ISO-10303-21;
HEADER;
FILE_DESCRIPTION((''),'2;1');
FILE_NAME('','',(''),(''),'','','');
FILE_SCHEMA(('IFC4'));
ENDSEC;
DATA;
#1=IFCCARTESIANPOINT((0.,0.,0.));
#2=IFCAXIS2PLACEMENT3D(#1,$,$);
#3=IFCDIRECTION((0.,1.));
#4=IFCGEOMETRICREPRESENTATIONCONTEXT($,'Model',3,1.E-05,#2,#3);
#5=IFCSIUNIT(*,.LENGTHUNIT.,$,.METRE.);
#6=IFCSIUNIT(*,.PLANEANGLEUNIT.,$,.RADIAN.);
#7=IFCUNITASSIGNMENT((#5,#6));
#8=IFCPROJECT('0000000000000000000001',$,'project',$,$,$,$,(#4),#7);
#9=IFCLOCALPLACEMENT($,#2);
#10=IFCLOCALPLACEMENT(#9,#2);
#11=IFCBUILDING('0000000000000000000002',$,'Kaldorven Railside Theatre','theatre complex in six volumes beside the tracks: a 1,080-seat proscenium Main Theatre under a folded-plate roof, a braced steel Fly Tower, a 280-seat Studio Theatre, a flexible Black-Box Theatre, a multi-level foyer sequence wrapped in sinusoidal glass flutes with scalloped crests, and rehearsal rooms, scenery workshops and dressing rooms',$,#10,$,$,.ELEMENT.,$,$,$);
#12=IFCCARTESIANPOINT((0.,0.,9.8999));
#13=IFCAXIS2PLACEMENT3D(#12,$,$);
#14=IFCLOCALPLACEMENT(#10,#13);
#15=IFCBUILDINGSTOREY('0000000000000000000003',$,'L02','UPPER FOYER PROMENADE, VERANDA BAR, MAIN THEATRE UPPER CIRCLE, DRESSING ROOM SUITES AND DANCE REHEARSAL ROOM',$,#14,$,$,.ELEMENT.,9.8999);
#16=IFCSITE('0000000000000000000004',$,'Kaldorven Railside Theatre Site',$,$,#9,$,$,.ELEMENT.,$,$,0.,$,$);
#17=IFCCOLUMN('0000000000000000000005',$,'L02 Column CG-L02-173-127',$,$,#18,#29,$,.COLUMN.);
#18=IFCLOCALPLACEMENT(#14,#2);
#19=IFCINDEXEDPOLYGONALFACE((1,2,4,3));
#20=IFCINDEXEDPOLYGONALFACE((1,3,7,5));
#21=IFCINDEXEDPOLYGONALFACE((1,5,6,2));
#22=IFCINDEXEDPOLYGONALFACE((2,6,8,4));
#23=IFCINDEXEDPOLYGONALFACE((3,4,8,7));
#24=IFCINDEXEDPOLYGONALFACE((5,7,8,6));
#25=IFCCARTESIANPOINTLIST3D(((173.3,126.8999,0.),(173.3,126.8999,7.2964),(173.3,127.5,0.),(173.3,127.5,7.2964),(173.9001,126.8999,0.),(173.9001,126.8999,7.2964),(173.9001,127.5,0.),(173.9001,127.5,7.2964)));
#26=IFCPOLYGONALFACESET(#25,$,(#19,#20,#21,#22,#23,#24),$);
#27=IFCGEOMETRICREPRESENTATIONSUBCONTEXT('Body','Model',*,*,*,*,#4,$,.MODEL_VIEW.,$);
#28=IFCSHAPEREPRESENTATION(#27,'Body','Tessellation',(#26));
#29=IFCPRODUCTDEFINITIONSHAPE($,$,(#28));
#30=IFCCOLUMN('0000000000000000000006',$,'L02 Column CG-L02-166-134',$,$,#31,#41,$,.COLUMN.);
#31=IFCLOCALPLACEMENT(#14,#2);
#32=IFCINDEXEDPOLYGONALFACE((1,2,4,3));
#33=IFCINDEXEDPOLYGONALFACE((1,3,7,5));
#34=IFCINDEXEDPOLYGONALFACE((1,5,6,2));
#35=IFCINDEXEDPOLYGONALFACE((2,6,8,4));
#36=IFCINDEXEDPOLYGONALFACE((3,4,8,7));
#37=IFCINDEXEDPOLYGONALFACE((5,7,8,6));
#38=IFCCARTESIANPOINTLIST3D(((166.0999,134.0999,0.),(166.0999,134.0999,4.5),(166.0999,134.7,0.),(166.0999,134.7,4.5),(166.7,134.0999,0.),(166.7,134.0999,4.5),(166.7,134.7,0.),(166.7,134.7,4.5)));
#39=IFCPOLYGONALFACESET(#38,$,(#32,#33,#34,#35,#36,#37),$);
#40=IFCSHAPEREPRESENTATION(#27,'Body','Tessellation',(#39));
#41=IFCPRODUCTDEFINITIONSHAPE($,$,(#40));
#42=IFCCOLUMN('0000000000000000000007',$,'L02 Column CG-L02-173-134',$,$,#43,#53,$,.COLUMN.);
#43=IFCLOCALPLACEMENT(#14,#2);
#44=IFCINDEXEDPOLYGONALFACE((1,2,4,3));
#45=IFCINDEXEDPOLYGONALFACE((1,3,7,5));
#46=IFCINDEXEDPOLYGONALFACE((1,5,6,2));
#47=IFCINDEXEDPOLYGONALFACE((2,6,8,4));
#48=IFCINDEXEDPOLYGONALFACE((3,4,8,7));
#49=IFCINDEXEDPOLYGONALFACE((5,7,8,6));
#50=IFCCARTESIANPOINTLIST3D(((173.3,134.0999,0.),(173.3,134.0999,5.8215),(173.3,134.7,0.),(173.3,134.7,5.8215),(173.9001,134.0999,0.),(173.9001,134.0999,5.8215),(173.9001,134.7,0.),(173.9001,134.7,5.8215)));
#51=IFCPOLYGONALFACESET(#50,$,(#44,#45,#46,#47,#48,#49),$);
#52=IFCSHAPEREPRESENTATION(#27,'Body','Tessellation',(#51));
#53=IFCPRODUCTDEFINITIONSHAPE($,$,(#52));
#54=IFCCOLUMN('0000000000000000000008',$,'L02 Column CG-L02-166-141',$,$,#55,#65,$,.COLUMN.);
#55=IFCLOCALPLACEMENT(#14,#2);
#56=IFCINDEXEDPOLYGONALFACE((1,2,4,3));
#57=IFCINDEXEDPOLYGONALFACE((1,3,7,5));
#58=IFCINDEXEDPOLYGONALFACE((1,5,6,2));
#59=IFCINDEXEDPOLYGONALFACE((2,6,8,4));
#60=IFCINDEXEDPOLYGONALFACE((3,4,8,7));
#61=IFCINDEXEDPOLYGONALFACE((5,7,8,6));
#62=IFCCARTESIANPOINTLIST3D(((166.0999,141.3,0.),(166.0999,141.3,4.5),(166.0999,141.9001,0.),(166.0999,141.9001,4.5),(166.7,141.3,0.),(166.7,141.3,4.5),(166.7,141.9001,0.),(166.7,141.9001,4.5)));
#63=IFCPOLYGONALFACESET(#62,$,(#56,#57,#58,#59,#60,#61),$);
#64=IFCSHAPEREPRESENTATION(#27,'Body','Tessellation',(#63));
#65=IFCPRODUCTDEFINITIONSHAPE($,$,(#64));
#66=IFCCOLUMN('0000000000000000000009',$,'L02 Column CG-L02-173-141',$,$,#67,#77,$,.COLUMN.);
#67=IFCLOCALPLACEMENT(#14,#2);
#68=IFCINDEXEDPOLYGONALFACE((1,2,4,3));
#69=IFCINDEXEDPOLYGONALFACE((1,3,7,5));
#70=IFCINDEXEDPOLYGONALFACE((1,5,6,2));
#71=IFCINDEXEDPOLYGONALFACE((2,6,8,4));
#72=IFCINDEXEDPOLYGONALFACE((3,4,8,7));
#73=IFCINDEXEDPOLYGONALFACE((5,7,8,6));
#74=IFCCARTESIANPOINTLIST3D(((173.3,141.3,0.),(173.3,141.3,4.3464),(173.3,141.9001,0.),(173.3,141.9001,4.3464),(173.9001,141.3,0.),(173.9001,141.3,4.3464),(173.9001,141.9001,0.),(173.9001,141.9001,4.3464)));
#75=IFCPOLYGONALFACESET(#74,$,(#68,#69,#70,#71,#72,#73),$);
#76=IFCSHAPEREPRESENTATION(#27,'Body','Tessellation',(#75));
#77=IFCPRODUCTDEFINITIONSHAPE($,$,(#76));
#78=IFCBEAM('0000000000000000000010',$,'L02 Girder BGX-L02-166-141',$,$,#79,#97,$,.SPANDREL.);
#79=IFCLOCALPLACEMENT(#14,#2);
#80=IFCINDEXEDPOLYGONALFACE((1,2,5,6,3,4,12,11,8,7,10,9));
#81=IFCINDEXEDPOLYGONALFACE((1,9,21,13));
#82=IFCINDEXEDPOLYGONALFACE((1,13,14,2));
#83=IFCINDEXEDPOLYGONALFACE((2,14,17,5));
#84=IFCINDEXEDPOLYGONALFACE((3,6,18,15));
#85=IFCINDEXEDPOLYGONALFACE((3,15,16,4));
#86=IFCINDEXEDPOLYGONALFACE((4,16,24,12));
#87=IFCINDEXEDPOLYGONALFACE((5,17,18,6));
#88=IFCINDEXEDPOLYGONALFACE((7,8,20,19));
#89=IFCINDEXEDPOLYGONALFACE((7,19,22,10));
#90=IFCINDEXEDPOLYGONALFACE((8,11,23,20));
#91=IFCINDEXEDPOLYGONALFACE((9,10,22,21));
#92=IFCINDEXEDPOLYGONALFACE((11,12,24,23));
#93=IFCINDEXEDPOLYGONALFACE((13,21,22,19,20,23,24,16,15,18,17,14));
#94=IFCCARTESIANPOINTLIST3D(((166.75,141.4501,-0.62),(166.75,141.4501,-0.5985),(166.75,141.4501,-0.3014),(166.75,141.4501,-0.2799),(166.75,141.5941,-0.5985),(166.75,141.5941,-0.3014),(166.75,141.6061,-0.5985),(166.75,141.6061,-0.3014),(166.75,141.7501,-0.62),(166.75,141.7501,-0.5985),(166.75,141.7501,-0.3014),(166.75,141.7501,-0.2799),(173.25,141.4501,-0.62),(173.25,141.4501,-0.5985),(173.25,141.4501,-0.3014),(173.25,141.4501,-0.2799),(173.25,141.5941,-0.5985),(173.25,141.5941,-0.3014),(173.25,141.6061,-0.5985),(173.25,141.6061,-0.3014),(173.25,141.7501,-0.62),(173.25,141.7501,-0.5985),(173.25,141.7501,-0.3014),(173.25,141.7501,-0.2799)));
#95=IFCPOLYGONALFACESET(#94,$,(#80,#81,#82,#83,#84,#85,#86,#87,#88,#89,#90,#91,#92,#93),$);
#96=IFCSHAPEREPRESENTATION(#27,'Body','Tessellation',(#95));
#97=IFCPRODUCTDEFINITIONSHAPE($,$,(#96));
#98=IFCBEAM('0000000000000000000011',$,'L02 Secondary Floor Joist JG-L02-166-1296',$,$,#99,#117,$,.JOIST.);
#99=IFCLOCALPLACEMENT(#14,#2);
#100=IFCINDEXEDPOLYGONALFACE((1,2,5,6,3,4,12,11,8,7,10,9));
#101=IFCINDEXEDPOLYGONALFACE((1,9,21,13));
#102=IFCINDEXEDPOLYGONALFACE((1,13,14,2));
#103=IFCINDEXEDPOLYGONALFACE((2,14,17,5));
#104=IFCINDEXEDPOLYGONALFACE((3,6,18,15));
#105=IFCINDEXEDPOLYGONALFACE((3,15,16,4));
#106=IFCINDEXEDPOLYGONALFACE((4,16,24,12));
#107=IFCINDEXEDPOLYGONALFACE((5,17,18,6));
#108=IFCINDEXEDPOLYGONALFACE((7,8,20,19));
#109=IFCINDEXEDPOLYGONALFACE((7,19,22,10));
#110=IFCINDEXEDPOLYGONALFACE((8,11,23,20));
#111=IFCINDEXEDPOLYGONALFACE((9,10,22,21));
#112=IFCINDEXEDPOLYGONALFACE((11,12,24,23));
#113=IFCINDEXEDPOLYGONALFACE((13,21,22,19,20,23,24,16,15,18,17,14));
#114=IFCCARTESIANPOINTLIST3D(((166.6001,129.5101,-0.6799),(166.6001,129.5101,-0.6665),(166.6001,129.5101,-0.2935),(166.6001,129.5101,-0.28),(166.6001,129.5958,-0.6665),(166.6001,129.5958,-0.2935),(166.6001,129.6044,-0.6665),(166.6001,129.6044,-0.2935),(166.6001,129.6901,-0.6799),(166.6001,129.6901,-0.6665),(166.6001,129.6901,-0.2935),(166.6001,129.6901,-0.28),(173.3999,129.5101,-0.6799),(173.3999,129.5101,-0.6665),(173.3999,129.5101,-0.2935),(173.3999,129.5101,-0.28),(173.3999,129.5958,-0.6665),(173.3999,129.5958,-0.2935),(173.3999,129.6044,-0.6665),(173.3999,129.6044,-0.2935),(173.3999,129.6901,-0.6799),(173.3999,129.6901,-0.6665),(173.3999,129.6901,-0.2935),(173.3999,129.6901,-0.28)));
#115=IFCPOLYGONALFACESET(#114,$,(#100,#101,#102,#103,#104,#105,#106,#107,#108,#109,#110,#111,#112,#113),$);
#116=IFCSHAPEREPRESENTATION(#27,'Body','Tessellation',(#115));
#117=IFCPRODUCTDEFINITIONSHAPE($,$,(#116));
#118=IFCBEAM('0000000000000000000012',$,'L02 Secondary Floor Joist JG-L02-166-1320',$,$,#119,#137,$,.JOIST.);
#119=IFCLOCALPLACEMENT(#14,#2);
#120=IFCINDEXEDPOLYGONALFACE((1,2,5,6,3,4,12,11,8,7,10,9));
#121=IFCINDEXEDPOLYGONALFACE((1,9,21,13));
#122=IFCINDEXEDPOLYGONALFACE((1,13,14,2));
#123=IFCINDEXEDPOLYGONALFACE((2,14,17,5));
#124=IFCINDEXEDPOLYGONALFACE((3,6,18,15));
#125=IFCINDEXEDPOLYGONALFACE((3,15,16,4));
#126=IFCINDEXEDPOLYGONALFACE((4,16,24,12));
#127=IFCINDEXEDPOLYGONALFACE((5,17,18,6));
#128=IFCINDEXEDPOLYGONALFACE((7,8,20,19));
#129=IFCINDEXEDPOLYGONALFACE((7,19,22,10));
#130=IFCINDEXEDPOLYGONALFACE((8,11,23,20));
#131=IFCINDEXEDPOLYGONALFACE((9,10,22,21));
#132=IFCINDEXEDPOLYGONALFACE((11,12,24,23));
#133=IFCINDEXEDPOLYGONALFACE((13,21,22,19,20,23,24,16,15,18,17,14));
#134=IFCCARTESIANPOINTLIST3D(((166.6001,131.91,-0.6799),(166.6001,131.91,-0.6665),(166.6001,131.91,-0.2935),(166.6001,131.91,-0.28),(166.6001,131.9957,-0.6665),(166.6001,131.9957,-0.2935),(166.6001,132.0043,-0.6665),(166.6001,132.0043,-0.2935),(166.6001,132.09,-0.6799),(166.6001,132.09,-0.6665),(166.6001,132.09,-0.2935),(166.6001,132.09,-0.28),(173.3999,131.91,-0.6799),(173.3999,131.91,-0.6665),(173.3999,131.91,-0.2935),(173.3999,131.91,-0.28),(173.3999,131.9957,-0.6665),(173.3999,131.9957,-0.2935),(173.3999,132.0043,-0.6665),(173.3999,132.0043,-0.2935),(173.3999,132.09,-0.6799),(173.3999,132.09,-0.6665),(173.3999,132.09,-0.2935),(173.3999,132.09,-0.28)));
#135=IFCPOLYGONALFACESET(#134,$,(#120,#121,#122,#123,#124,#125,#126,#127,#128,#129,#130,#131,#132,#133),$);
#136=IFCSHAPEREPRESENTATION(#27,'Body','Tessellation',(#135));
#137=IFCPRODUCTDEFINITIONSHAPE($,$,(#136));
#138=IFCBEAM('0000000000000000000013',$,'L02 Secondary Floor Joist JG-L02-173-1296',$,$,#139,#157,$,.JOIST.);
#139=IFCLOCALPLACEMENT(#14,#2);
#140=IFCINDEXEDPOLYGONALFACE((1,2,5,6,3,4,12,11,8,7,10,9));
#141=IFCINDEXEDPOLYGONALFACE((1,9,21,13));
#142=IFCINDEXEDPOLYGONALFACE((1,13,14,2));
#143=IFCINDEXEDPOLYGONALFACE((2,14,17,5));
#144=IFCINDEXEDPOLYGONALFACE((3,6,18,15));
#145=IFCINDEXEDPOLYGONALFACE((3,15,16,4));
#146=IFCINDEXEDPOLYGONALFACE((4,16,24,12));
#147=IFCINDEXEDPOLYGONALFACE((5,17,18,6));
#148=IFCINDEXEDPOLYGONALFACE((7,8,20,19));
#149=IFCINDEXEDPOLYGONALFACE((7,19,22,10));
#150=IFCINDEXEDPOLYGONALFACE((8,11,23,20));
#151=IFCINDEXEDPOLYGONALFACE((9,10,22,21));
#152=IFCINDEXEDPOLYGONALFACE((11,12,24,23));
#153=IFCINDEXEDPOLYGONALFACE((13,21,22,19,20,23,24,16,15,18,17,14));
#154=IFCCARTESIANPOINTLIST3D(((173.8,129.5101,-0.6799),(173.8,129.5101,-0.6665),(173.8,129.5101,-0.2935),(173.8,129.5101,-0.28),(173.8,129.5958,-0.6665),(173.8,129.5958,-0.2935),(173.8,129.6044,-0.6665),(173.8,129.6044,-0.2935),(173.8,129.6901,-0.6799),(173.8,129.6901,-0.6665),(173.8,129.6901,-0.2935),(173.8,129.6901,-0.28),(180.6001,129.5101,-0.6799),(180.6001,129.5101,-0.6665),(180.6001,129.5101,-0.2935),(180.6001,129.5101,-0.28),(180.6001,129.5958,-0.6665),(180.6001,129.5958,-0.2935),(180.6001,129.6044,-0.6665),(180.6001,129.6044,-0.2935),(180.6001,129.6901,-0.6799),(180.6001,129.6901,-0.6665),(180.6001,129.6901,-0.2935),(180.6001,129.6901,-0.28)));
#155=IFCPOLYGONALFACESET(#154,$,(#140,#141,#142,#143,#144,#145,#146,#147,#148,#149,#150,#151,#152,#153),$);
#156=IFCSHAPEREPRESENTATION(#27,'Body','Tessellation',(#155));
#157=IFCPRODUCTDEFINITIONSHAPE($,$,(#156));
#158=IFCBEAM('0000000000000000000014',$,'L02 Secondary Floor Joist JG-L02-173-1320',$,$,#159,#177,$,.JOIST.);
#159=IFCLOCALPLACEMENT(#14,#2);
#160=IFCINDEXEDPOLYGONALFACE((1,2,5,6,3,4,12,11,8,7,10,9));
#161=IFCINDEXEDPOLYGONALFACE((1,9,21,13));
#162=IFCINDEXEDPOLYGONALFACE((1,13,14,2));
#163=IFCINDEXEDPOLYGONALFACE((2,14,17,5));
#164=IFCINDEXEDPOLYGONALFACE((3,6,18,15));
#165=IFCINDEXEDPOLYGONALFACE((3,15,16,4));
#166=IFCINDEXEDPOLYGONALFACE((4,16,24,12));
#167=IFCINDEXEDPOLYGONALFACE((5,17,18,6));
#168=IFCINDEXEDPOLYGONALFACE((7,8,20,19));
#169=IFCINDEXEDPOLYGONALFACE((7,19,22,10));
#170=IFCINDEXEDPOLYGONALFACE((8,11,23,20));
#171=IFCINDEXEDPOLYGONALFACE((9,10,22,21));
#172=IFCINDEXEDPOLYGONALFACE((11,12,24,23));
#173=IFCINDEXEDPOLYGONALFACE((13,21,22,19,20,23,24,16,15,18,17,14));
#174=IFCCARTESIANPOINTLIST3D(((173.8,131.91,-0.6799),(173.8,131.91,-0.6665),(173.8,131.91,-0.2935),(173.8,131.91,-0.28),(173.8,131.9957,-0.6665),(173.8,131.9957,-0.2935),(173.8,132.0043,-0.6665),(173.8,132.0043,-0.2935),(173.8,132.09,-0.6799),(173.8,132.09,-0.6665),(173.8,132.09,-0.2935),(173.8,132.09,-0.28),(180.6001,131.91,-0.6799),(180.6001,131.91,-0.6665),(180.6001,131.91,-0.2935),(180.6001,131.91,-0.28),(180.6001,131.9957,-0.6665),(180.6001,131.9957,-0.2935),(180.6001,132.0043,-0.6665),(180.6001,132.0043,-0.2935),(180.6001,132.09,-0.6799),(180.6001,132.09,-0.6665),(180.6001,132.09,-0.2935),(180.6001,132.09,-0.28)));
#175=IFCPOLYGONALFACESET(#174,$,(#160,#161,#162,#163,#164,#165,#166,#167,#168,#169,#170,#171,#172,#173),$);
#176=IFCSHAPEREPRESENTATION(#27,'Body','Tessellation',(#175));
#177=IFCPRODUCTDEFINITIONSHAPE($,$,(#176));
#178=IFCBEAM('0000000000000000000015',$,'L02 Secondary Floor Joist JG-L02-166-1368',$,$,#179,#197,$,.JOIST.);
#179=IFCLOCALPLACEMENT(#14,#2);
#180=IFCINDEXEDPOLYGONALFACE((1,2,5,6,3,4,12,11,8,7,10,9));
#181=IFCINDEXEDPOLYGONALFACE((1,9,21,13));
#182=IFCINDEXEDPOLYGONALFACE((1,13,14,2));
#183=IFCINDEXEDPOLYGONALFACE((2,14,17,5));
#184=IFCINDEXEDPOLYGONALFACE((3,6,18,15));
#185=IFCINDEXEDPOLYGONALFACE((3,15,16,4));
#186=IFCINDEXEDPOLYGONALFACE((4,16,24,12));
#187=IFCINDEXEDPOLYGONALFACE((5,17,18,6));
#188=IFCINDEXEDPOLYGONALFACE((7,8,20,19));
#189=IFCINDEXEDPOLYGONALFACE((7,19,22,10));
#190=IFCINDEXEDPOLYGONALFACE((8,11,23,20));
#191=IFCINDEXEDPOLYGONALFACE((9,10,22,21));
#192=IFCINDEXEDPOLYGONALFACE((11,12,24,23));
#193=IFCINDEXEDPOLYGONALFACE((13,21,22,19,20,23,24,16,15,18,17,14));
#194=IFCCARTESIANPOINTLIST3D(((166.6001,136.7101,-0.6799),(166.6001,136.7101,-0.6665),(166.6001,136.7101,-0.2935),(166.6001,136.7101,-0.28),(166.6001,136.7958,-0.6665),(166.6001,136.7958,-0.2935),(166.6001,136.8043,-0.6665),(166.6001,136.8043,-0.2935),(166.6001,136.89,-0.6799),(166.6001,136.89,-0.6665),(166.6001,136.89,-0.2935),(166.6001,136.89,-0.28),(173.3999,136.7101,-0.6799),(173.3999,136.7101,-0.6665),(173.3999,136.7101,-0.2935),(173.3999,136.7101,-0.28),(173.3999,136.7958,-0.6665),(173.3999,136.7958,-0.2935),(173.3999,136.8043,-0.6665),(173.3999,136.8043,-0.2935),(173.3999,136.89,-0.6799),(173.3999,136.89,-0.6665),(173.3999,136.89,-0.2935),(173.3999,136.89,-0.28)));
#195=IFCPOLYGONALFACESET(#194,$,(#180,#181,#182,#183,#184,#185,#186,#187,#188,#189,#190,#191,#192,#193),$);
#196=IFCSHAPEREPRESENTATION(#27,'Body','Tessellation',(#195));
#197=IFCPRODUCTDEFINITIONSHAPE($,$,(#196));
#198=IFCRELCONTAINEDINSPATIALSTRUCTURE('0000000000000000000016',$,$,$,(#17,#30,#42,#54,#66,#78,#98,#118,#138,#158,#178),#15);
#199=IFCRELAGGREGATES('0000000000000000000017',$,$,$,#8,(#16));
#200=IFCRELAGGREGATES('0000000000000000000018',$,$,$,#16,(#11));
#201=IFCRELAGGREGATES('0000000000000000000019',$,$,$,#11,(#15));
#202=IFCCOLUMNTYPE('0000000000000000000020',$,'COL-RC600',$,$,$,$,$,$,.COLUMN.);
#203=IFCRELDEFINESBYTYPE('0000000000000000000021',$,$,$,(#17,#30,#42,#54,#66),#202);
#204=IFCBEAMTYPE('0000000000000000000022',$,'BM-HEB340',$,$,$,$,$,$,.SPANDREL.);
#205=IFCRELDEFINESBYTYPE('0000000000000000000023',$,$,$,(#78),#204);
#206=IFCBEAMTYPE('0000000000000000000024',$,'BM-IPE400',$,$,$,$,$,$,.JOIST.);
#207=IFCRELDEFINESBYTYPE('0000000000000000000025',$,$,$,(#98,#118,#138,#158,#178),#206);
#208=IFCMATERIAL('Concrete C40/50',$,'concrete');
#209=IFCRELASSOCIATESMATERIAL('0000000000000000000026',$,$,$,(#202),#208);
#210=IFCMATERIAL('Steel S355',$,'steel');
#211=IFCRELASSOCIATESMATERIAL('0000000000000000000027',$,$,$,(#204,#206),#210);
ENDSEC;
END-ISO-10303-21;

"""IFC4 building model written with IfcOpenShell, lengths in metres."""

from ifc_helpers import new_model, si_unit, direction, frame, origin, origin_2d, place, context, subcontext, project, spatial, rectangle, i_section, extrude, material, material_profile, profile_set, type_object, element, save


model = new_model("IFC4")

# Units and contexts
model_context = context("Model", 3, precision=1e-05, world=origin(), true_north=direction((0.0, 1.0)))
body_context = subcontext(model_context, "Body", "Model", "MODEL_VIEW")
ifc_project = project(units=[si_unit("LENGTHUNIT", "METRE"), si_unit("PLANEANGLEUNIT", "RADIAN")], contexts=[model_context])

# Site, building, storey
site_placement = place(None, origin())
site = spatial("IfcSite", under=ifc_project, at=site_placement, Name="Kaldorven Railside Theatre Site", CompositionType="ELEMENT", RefElevation=0.0)
building_placement = place(site_placement, origin())
building = spatial("IfcBuilding", under=site, at=building_placement, Name="Kaldorven Railside Theatre", Description="theatre complex in six volumes beside the tracks: a 1,080-seat proscenium Main Theatre under a folded-plate roof, a braced steel Fly Tower, a 280-seat Studio Theatre, a flexible Black-Box Theatre, a multi-level foyer sequence wrapped in sinusoidal glass flutes with scalloped crests, and rehearsal rooms, scenery workshops and dressing rooms", CompositionType="ELEMENT")
storey_placement = place(building_placement, frame((0.0, 0.0, 9.8999)))
storey = spatial("IfcBuildingStorey", under=building, at=storey_placement, Name="L02", Description="UPPER FOYER PROMENADE, VERANDA BAR, MAIN THEATRE UPPER CIRCLE, DRESSING ROOM SUITES AND DANCE REHEARSAL ROOM", CompositionType="ELEMENT", Elevation=9.8999)

# Columns
ifc_material_1 = material(Name="Concrete C40/50", Category="concrete")
ifc_material_profile_1 = material_profile(ifc_material_1, rectangle(XDim=0.6001, YDim=0.6001, at=origin_2d()), Name="RC 600x600")
ifc_profile_set_1 = profile_set([ifc_material_profile_1], Name="Concrete C40/50")
column_type = type_object("IfcColumnType", Name="COL-RC600", PredefinedType="COLUMN", material=ifc_profile_set_1)
column_1_placement = place(storey_placement, frame((173.6001, 127.2, 0.0), z_axis=(0.0, 0.0, 1.0), x_axis=(1.0, 0.0, 0.0)))
element("IfcColumn", 1, at=column_1_placement, inside=storey, type_object=column_type, Name="L02 Column CG-L02-173-127", PredefinedType="COLUMN", context=body_context, shape_type="SweptSolid", body=[
    extrude(rectangle(XDim=0.6001, YDim=0.6001, at=origin_2d()), origin(), (0.0, 0.0, 1.0), 7.2964),
])
column_2_placement = place(storey_placement, frame((166.3999, 134.3999, 0.0), z_axis=(0.0, 0.0, 1.0), x_axis=(1.0, 0.0, 0.0)))
element("IfcColumn", 2, at=column_2_placement, inside=storey, type_object=column_type, Name="L02 Column CG-L02-166-134", PredefinedType="COLUMN", context=body_context, shape_type="SweptSolid", body=[
    extrude(rectangle(XDim=0.6001, YDim=0.6001, at=origin_2d()), origin(), (0.0, 0.0, 1.0), 4.5),
])
column_3_placement = place(storey_placement, frame((173.6001, 134.3999, 0.0), z_axis=(0.0, 0.0, 1.0), x_axis=(1.0, 0.0, 0.0)))
element("IfcColumn", 3, at=column_3_placement, inside=storey, type_object=column_type, Name="L02 Column CG-L02-173-134", PredefinedType="COLUMN", context=body_context, shape_type="SweptSolid", body=[
    extrude(rectangle(XDim=0.6001, YDim=0.6001, at=origin_2d()), origin(), (0.0, 0.0, 1.0), 5.8215),
])
column_4_placement = place(storey_placement, frame((166.3999, 141.6001, 0.0), z_axis=(0.0, 0.0, 1.0), x_axis=(1.0, 0.0, 0.0)))
element("IfcColumn", 4, at=column_4_placement, inside=storey, type_object=column_type, Name="L02 Column CG-L02-166-141", PredefinedType="COLUMN", context=body_context, shape_type="SweptSolid", body=[
    extrude(rectangle(XDim=0.6001, YDim=0.6001, at=origin_2d()), origin(), (0.0, 0.0, 1.0), 4.5),
])
column_5_placement = place(storey_placement, frame((173.6001, 141.6001, 0.0), z_axis=(0.0, 0.0, 1.0), x_axis=(0.0, 1.0, 0.0)))
element("IfcColumn", 5, at=column_5_placement, inside=storey, type_object=column_type, Name="L02 Column CG-L02-173-141", PredefinedType="COLUMN", context=body_context, shape_type="SweptSolid", body=[
    extrude(rectangle(XDim=0.6001, YDim=0.6001, at=origin_2d()), origin(), (0.0, 0.0, 1.0), 4.3464),
])

# Beams
ifc_material_2 = material(Name="Steel S355", Category="steel")
ifc_material_profile_2 = material_profile(ifc_material_2, i_section(OverallWidth=0.3, OverallDepth=0.3401, WebThickness=0.012, FlangeThickness=0.0215, at=origin_2d()), Name="HEB 340")
ifc_profile_set_2 = profile_set([ifc_material_profile_2], Name="Steel S355")
beam_type_1 = type_object("IfcBeamType", Name="BM-HEB340", PredefinedType="SPANDREL", material=ifc_profile_set_2)
beam_placement = place(storey_placement, frame((166.75, 141.6001, -0.45), z_axis=(1.0, 0.0, 0.0), x_axis=(0.0, 1.0, 0.0)))
element("IfcBeam", 6, at=beam_placement, inside=storey, type_object=beam_type_1, Name="L02 Girder BGX-L02-166-141", PredefinedType="SPANDREL", context=body_context, shape_type="SweptSolid", body=[
    extrude(i_section(OverallWidth=0.3, OverallDepth=0.3401, WebThickness=0.012, FlangeThickness=0.0215, at=origin_2d()), origin(), (0.0, 0.0, 1.0), 6.5),
])
ifc_material_profile_3 = material_profile(ifc_material_2, i_section(OverallWidth=0.1799, OverallDepth=0.3999, WebThickness=0.0085, FlangeThickness=0.0134, at=origin_2d()), Name="IPE 400")
ifc_profile_set_3 = profile_set([ifc_material_profile_3], Name="Steel S355")
beam_type_2 = type_object("IfcBeamType", Name="BM-IPE400", PredefinedType="JOIST", material=ifc_profile_set_3)
for number, where, z_axis, x_axis, name in (
    (7, (166.6001, 129.6001, -0.48), (1.0, 0.0, 0.0), (0.0, 1.0, 0.0), "L02 Secondary Floor Joist JG-L02-166-1296"),
    (8, (166.6001, 132.0, -0.48), (1.0, 0.0, 0.0), (0.0, 1.0, 0.0), "L02 Secondary Floor Joist JG-L02-166-1320"),
):
    element("IfcBeam", number, at=place(storey_placement, frame(where, z_axis=z_axis, x_axis=x_axis)), inside=storey, type_object=beam_type_2, Name=name, PredefinedType="JOIST", context=body_context, shape_type="SweptSolid", body=[
        extrude(i_section(OverallWidth=0.1799, OverallDepth=0.3999, WebThickness=0.0085, FlangeThickness=0.0134, at=origin_2d()), origin(), (0.0, 0.0, 1.0), 6.7998),
    ])
for number, where, z_axis, x_axis, name in (
    (9, (173.8, 129.6001, -0.48), (1.0, 0.0, 0.0), (0.0, 1.0, 0.0), "L02 Secondary Floor Joist JG-L02-173-1296"),
    (10, (173.8, 132.0, -0.48), (1.0, 0.0, 0.0), (0.0, 1.0, 0.0), "L02 Secondary Floor Joist JG-L02-173-1320"),
):
    element("IfcBeam", number, at=place(storey_placement, frame(where, z_axis=z_axis, x_axis=x_axis)), inside=storey, type_object=beam_type_2, Name=name, PredefinedType="JOIST", context=body_context, shape_type="SweptSolid", body=[
        extrude(i_section(OverallWidth=0.1799, OverallDepth=0.3999, WebThickness=0.0085, FlangeThickness=0.0134, at=origin_2d()), origin(), (0.0, 0.0, 1.0), 6.8),
    ])
for number, where, z_axis, x_axis, name in (
    (11, (166.6001, 136.8, -0.48), (1.0, 0.0, 0.0), (0.0, 1.0, 0.0), "L02 Secondary Floor Joist JG-L02-166-1368"),
):
    element("IfcBeam", number, at=place(storey_placement, frame(where, z_axis=z_axis, x_axis=x_axis)), inside=storey, type_object=beam_type_2, Name=name, PredefinedType="JOIST", context=body_context, shape_type="SweptSolid", body=[
        extrude(i_section(OverallWidth=0.1799, OverallDepth=0.3999, WebThickness=0.0085, FlangeThickness=0.0134, at=origin_2d()), origin(), (0.0, 0.0, 1.0), 6.7998),
    ])

save(model, "model.ifc")
